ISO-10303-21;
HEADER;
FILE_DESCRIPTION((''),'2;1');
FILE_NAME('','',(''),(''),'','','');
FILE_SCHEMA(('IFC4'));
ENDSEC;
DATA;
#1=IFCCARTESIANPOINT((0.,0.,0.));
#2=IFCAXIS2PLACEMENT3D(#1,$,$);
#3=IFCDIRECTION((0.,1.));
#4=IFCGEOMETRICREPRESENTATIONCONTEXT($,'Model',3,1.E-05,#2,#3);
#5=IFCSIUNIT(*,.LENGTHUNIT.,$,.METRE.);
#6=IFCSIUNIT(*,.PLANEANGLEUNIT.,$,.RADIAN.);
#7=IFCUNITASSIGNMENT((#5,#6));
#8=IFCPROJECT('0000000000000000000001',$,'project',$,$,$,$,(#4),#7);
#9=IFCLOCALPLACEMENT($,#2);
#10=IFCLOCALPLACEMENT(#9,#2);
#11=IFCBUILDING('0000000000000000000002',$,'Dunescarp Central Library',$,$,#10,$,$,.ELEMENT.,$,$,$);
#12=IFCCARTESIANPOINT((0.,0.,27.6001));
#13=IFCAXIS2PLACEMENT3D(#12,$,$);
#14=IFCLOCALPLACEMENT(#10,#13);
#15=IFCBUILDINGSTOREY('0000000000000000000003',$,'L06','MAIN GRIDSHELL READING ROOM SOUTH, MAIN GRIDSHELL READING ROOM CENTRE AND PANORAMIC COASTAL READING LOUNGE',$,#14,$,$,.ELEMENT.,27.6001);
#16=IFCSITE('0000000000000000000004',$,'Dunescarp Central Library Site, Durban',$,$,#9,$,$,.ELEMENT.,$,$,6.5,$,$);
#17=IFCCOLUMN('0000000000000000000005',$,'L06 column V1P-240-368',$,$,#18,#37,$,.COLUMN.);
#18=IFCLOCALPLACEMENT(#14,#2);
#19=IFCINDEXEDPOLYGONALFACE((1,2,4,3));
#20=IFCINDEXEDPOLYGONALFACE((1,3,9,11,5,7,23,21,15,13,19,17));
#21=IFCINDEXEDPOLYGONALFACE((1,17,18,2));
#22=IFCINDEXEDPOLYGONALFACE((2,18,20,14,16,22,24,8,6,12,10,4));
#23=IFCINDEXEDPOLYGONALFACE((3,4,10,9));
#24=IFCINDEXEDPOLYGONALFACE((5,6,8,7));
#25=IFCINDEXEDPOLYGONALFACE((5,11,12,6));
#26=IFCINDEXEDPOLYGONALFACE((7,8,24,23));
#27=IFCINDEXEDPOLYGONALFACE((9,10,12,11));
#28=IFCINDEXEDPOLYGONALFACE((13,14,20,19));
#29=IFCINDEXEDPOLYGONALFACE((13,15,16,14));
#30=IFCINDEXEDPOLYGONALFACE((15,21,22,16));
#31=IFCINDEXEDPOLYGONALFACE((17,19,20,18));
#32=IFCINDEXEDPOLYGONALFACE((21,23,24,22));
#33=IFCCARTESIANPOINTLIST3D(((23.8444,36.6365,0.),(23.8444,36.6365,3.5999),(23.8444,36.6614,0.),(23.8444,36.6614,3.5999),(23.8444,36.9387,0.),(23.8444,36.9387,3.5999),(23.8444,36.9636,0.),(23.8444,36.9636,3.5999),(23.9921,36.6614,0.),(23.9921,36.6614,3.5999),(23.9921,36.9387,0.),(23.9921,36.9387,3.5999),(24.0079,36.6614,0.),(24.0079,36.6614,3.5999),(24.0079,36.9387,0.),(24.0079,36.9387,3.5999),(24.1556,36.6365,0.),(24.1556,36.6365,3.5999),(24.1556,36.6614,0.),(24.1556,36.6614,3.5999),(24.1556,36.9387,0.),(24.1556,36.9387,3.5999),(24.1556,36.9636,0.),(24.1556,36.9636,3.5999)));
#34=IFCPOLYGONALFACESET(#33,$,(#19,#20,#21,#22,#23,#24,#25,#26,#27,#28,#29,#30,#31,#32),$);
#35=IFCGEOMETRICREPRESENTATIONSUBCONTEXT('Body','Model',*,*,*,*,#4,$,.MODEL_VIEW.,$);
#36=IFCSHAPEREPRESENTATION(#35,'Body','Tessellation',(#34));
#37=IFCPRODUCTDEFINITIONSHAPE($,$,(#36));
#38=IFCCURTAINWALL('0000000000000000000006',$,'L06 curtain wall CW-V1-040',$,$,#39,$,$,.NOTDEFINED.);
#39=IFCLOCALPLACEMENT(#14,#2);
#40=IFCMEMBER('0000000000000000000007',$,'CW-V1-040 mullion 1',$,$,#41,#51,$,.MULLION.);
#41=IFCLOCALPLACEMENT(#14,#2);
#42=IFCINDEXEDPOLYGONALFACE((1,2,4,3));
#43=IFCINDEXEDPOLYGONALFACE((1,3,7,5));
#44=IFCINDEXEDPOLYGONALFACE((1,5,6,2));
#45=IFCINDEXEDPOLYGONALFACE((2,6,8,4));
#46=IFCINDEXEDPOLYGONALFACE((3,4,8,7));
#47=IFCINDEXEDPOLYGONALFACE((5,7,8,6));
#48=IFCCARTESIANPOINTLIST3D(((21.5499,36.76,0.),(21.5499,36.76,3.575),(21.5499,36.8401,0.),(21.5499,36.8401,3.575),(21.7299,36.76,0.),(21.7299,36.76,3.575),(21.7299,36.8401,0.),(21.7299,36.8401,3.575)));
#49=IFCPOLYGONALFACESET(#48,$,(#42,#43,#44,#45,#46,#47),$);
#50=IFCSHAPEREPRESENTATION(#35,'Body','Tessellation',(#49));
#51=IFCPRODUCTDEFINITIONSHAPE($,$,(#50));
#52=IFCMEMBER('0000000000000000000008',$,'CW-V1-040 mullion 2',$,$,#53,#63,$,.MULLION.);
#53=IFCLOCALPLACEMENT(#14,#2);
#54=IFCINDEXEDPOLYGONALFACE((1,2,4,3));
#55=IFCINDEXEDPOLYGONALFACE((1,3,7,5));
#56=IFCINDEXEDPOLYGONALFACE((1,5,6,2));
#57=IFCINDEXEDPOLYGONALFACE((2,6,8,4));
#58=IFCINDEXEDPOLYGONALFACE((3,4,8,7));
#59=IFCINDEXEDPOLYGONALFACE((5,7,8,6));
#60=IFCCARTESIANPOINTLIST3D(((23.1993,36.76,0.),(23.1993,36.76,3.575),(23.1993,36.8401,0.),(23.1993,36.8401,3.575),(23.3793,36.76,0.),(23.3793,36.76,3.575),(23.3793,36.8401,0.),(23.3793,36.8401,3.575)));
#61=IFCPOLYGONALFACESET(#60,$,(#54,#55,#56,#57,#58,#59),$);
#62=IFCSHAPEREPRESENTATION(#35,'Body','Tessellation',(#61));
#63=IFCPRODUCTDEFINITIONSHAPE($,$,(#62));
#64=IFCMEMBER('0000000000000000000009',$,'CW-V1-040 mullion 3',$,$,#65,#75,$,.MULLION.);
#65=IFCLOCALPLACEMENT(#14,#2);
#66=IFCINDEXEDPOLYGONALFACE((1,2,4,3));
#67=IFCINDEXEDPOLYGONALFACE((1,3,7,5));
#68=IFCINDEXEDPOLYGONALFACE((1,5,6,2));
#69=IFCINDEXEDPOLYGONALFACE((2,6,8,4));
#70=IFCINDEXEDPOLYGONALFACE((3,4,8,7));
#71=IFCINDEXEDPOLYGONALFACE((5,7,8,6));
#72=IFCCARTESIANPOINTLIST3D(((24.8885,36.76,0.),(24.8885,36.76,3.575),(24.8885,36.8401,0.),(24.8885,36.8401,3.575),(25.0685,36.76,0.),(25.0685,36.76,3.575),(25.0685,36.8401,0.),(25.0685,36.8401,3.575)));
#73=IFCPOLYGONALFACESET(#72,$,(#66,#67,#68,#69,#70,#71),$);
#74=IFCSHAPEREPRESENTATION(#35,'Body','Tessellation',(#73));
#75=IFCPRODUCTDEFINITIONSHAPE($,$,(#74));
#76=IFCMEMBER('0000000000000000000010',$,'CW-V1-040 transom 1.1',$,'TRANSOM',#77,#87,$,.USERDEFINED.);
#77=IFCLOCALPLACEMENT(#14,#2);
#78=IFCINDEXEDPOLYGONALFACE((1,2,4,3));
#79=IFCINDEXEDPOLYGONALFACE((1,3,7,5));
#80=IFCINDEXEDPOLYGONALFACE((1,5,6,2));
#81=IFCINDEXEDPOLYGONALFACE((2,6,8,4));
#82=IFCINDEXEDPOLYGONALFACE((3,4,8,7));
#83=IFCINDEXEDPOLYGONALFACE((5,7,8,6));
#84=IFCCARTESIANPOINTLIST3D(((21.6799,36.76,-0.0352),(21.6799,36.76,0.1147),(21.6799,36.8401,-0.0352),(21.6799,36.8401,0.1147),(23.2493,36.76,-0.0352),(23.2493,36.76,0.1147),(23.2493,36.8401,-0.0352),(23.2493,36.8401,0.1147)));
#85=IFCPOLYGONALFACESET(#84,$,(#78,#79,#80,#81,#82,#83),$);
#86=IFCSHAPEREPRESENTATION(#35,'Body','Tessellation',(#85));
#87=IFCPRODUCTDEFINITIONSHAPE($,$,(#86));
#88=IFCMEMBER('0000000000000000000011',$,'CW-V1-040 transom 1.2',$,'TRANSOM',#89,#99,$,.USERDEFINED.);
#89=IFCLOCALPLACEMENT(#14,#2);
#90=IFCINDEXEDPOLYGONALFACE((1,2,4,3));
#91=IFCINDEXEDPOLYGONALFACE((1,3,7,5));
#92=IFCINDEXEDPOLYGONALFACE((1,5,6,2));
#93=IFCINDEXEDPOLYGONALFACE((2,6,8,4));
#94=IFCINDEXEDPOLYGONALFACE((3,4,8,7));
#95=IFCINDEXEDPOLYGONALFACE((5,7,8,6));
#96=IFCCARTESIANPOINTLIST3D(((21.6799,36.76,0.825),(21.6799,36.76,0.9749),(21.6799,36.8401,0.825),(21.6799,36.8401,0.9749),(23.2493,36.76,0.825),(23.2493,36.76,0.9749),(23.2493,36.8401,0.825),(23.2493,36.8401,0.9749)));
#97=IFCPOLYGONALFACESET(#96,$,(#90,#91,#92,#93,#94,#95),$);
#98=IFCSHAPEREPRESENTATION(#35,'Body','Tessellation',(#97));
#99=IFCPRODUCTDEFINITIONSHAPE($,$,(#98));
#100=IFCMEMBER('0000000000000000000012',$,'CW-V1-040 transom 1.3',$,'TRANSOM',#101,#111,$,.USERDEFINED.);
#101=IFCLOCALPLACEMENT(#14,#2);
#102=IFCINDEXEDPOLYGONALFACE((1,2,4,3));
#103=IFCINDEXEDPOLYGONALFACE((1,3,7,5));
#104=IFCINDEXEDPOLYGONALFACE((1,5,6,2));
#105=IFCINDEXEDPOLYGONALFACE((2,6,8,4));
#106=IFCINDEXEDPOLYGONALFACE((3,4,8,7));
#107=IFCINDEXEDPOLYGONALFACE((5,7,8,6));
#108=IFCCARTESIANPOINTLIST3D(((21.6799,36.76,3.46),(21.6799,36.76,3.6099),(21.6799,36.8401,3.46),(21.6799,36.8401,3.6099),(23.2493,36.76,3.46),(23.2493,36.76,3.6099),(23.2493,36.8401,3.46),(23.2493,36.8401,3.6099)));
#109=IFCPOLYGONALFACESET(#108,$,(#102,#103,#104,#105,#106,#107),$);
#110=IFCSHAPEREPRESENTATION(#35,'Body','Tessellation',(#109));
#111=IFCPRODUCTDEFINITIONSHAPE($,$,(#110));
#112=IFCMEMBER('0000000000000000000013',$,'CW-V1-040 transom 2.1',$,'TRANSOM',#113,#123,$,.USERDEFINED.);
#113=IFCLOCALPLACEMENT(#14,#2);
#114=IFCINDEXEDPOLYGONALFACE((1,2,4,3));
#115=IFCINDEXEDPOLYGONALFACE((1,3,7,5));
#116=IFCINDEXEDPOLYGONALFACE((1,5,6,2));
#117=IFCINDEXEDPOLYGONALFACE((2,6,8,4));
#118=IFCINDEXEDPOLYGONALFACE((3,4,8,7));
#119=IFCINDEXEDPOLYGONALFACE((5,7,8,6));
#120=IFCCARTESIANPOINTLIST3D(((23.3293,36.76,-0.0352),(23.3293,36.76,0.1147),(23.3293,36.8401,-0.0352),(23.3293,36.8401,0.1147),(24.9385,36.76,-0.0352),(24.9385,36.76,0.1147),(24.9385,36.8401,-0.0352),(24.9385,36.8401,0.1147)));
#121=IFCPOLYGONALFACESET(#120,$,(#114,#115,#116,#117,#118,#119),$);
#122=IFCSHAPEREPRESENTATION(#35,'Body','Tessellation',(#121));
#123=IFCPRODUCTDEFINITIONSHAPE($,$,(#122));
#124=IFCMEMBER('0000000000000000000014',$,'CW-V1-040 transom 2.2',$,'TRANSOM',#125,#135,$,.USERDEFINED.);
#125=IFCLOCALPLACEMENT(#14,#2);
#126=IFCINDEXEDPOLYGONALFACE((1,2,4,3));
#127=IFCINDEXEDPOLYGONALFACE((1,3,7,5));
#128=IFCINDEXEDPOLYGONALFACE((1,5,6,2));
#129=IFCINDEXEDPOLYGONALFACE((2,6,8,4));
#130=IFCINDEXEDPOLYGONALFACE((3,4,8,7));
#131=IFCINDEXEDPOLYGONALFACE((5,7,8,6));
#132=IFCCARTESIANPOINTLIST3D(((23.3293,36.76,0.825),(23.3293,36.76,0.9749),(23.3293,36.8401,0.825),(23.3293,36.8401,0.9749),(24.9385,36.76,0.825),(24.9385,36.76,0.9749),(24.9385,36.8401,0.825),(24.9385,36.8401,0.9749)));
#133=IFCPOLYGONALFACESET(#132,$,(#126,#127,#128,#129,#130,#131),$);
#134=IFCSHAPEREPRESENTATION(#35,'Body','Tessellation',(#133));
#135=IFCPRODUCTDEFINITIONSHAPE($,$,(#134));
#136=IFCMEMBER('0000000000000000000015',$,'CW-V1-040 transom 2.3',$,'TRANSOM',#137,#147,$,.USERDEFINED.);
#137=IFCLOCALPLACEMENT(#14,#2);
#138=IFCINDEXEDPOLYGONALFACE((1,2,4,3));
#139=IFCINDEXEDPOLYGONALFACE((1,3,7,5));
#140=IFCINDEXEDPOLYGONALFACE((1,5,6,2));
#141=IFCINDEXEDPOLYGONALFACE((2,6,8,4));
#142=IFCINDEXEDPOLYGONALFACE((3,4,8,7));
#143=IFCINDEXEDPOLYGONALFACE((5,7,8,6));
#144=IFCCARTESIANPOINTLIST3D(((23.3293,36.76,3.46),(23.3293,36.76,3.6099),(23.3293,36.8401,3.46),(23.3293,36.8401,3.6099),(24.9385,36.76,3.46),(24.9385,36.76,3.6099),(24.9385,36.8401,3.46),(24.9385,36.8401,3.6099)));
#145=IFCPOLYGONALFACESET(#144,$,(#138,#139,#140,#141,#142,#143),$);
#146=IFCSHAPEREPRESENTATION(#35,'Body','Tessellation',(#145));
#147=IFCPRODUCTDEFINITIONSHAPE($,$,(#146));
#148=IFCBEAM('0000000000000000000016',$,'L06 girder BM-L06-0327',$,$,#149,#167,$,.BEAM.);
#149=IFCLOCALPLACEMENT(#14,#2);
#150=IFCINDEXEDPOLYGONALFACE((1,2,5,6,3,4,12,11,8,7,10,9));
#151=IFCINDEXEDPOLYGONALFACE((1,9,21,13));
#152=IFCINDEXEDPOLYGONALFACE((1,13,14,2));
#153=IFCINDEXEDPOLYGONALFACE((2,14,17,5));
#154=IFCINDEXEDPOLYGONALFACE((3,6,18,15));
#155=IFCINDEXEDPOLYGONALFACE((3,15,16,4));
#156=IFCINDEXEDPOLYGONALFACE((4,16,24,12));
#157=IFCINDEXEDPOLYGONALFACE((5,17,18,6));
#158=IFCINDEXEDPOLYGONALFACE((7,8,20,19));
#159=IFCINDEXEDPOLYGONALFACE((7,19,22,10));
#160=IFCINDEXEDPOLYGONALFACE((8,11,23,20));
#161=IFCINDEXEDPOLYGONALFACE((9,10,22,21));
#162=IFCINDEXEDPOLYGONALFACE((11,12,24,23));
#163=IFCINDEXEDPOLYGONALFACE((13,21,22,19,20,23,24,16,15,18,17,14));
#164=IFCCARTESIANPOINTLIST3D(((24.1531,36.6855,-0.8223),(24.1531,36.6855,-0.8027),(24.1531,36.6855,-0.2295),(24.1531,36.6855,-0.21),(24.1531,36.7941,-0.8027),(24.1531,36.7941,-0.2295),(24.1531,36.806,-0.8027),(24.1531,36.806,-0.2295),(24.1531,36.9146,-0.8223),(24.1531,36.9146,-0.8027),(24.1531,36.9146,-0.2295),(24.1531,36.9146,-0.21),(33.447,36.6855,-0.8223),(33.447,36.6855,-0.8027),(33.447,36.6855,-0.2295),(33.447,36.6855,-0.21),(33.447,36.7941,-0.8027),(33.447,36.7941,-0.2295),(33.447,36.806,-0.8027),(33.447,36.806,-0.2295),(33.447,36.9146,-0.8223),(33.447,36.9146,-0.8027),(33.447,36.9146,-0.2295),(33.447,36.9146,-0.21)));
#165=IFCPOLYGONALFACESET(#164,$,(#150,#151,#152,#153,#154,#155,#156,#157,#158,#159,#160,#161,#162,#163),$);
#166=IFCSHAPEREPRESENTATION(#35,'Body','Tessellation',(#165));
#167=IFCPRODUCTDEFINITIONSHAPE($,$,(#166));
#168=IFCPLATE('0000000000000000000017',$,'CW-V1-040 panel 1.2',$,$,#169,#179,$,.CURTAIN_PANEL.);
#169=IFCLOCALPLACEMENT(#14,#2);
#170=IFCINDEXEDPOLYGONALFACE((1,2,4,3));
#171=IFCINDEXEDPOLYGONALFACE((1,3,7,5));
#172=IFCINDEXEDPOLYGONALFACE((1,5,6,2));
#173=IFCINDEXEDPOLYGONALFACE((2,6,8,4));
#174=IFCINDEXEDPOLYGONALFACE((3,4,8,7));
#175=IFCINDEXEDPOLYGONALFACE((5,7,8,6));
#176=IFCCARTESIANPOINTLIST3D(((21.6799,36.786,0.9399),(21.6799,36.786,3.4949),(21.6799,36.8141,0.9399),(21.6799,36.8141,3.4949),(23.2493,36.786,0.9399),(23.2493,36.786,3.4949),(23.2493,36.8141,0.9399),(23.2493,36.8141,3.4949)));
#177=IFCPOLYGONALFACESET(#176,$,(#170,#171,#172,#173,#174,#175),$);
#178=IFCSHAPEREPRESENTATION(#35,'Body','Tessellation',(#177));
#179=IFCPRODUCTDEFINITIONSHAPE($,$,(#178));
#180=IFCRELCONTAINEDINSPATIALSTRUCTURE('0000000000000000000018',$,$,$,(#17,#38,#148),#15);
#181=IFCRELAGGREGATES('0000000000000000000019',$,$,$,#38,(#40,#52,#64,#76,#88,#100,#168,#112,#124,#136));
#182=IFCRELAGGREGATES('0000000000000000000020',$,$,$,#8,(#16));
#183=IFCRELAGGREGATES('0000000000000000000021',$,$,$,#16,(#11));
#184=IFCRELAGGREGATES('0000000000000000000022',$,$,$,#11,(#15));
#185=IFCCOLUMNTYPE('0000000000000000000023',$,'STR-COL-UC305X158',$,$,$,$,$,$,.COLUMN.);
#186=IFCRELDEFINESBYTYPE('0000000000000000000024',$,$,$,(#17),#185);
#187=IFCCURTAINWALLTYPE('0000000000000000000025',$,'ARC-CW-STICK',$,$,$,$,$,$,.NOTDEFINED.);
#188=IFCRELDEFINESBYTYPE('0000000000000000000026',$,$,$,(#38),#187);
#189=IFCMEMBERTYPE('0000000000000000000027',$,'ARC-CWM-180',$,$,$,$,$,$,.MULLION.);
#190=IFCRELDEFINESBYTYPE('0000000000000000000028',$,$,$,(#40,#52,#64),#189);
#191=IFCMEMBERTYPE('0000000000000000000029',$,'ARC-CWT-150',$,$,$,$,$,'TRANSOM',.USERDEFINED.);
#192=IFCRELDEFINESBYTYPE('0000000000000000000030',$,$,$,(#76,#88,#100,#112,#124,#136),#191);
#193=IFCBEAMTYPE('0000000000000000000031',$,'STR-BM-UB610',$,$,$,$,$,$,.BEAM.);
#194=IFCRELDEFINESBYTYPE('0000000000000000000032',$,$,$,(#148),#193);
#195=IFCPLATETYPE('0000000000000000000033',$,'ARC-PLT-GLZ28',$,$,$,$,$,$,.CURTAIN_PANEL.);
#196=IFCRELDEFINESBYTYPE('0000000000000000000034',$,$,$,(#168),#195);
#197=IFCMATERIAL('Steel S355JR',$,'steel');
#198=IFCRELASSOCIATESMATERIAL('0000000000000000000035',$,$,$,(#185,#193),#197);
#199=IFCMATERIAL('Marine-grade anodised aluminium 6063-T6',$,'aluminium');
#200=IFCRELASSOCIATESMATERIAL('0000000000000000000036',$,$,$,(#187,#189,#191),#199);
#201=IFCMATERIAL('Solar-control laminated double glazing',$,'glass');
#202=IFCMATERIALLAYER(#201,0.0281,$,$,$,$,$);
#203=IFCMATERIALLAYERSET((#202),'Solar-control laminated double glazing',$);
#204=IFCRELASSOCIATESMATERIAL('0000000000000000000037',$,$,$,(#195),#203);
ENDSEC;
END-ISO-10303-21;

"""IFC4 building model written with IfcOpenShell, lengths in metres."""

from ifc_helpers import new_model, si_unit, direction, frame, origin, origin_2d, place, context, subcontext, project, spatial, rectangle, i_section, extrude, material, layer, layer_set, material_profile, profile_set, type_object, element, aggregate, save


model = new_model("IFC4")

# Units and contexts
model_context = context("Model", 3, precision=1e-05, world=origin(), true_north=direction((0.0, 1.0)))
body_context = subcontext(model_context, "Body", "Model", "MODEL_VIEW")
ifc_project = project(units=[si_unit("LENGTHUNIT", "METRE"), si_unit("PLANEANGLEUNIT", "RADIAN")], contexts=[model_context])

# Site, building, storey
site_placement = place(None, origin())
site = spatial("IfcSite", under=ifc_project, at=site_placement, Name="Dunescarp Central Library Site, Durban", CompositionType="ELEMENT", RefElevation=6.5)
building_placement = place(site_placement, origin())
building = spatial("IfcBuilding", under=site, at=building_placement, Name="Dunescarp Central Library", CompositionType="ELEMENT")
storey_placement = place(building_placement, frame((0.0, 0.0, 27.6001)))
storey = spatial("IfcBuildingStorey", under=building, at=storey_placement, Name="L06", Description="MAIN GRIDSHELL READING ROOM SOUTH, MAIN GRIDSHELL READING ROOM CENTRE AND PANORAMIC COASTAL READING LOUNGE", CompositionType="ELEMENT", Elevation=27.6001)

# Column
ifc_material_1 = material(Name="Steel S355JR", Category="steel")
ifc_material_profile_1 = material_profile(ifc_material_1, i_section(OverallWidth=0.3113, OverallDepth=0.3271, WebThickness=0.0159, FlangeThickness=0.0249, at=origin_2d()), Name="UC 305x305x158")
ifc_profile_set_1 = profile_set([ifc_material_profile_1], Name="Steel S355JR")
column_type = type_object("IfcColumnType", Name="STR-COL-UC305X158", PredefinedType="COLUMN", material=ifc_profile_set_1)
column_placement = place(storey_placement, frame((24.0, 36.8, 0.0), z_axis=(0.0, 0.0, 1.0), x_axis=(1.0, 0.0, 0.0)))
element("IfcColumn", 1, at=column_placement, inside=storey, type_object=column_type, Name="L06 column V1P-240-368", PredefinedType="COLUMN", context=body_context, shape_type="SweptSolid", body=[
    extrude(i_section(OverallWidth=0.3113, OverallDepth=0.3271, WebThickness=0.0159, FlangeThickness=0.0249, at=origin_2d()), origin(), (0.0, 0.0, 1.0), 3.5999),
])

# Curtain wall, members
ifc_material_2 = material(Name="Marine-grade anodised aluminium 6063-T6", Category="aluminium")
curtain_wall_type = type_object("IfcCurtainWallType", Name="ARC-CW-STICK", PredefinedType="NOTDEFINED", material=ifc_material_2)
curtain_wall_placement = place(storey_placement, origin())
curtain_wall = element("IfcCurtainWall", 2, at=curtain_wall_placement, inside=storey, type_object=curtain_wall_type, Name="L06 curtain wall CW-V1-040", PredefinedType="NOTDEFINED")
ifc_material_profile_2 = material_profile(ifc_material_2, rectangle(XDim=0.0801, YDim=0.1799, at=origin_2d()), Name="AL 80x180")
ifc_profile_set_2 = profile_set([ifc_material_profile_2], Name="Marine-grade anodised aluminium 6063-T6")
member_type_1 = type_object("IfcMemberType", Name="ARC-CWM-180", PredefinedType="MULLION", material=ifc_profile_set_2)
member_1_placement = place(storey_placement, frame((21.6399, 36.8, 0.0), z_axis=(0.0, 0.0, 1.0), x_axis=(0.0, 1.0, 0.0)))
member_1 = element("IfcMember", 3, at=member_1_placement, type_object=member_type_1, Name="CW-V1-040 mullion 1", PredefinedType="MULLION", context=body_context, shape_type="SweptSolid", body=[
    extrude(rectangle(XDim=0.0801, YDim=0.1799, at=origin_2d()), origin(), (0.0, 0.0, 1.0), 3.575),
])
member_2_placement = place(storey_placement, frame((23.2893, 36.8, 0.0), z_axis=(0.0, 0.0, 1.0), x_axis=(0.0, 1.0, 0.0)))
member_2 = element("IfcMember", 4, at=member_2_placement, type_object=member_type_1, Name="CW-V1-040 mullion 2", PredefinedType="MULLION", context=body_context, shape_type="SweptSolid", body=[
    extrude(rectangle(XDim=0.0801, YDim=0.1799, at=origin_2d()), origin(), (0.0, 0.0, 1.0), 3.575),
])
member_3_placement = place(storey_placement, frame((24.9785, 36.8, 0.0), z_axis=(0.0, 0.0, 1.0), x_axis=(0.0, 1.0, 0.0)))
member_3 = element("IfcMember", 5, at=member_3_placement, type_object=member_type_1, Name="CW-V1-040 mullion 3", PredefinedType="MULLION", context=body_context, shape_type="SweptSolid", body=[
    extrude(rectangle(XDim=0.0801, YDim=0.1799, at=origin_2d()), origin(), (0.0, 0.0, 1.0), 3.575),
])
ifc_material_profile_3 = material_profile(ifc_material_2, rectangle(XDim=0.0801, YDim=0.1499, at=origin_2d()), Name="AL 80x150")
ifc_profile_set_3 = profile_set([ifc_material_profile_3], Name="Marine-grade anodised aluminium 6063-T6")
member_type_2 = type_object("IfcMemberType", Name="ARC-CWT-150", ElementType="TRANSOM", PredefinedType="USERDEFINED", material=ifc_profile_set_3)
member_4_placement = place(storey_placement, frame((21.6799, 36.8, 0.0398), z_axis=(1.0, 0.0, 0.0), x_axis=(0.0, 1.0, 0.0)))
member_4 = element("IfcMember", 6, at=member_4_placement, type_object=member_type_2, Name="CW-V1-040 transom 1.1", ObjectType="TRANSOM", PredefinedType="USERDEFINED", context=body_context, shape_type="SweptSolid", body=[
    extrude(rectangle(XDim=0.0801, YDim=0.1499, at=origin_2d()), origin(), (0.0, 0.0, 1.0), 1.5693),
])
member_5_placement = place(storey_placement, frame((21.6799, 36.8, 0.8999), z_axis=(1.0, 0.0, 0.0), x_axis=(0.0, 1.0, 0.0)))
member_5 = element("IfcMember", 7, at=member_5_placement, type_object=member_type_2, Name="CW-V1-040 transom 1.2", ObjectType="TRANSOM", PredefinedType="USERDEFINED", context=body_context, shape_type="SweptSolid", body=[
    extrude(rectangle(XDim=0.0801, YDim=0.1499, at=origin_2d()), origin(), (0.0, 0.0, 1.0), 1.5693),
])
member_6_placement = place(storey_placement, frame((21.6799, 36.8, 3.5349), z_axis=(1.0, 0.0, 0.0), x_axis=(0.0, 1.0, 0.0)))
member_6 = element("IfcMember", 8, at=member_6_placement, type_object=member_type_2, Name="CW-V1-040 transom 1.3", ObjectType="TRANSOM", PredefinedType="USERDEFINED", context=body_context, shape_type="SweptSolid", body=[
    extrude(rectangle(XDim=0.0801, YDim=0.1499, at=origin_2d()), origin(), (0.0, 0.0, 1.0), 1.5693),
])
member_7_placement = place(storey_placement, frame((23.3293, 36.8, 0.0398), z_axis=(1.0, 0.0, 0.0), x_axis=(0.0, 1.0, 0.0)))
member_7 = element("IfcMember", 9, at=member_7_placement, type_object=member_type_2, Name="CW-V1-040 transom 2.1", ObjectType="TRANSOM", PredefinedType="USERDEFINED", context=body_context, shape_type="SweptSolid", body=[
    extrude(rectangle(XDim=0.0801, YDim=0.1499, at=origin_2d()), origin(), (0.0, 0.0, 1.0), 1.6091),
])
member_8_placement = place(storey_placement, frame((23.3293, 36.8, 0.8999), z_axis=(1.0, 0.0, 0.0), x_axis=(0.0, 1.0, 0.0)))
member_8 = element("IfcMember", 10, at=member_8_placement, type_object=member_type_2, Name="CW-V1-040 transom 2.2", ObjectType="TRANSOM", PredefinedType="USERDEFINED", context=body_context, shape_type="SweptSolid", body=[
    extrude(rectangle(XDim=0.0801, YDim=0.1499, at=origin_2d()), origin(), (0.0, 0.0, 1.0), 1.6091),
])
member_9_placement = place(storey_placement, frame((23.3293, 36.8, 3.5349), z_axis=(1.0, 0.0, 0.0), x_axis=(0.0, 1.0, 0.0)))
member_9 = element("IfcMember", 11, at=member_9_placement, type_object=member_type_2, Name="CW-V1-040 transom 2.3", ObjectType="TRANSOM", PredefinedType="USERDEFINED", context=body_context, shape_type="SweptSolid", body=[
    extrude(rectangle(XDim=0.0801, YDim=0.1499, at=origin_2d()), origin(), (0.0, 0.0, 1.0), 1.6091),
])

# Beam
ifc_material_profile_4 = material_profile(ifc_material_1, i_section(OverallWidth=0.229, OverallDepth=0.6123, WebThickness=0.012, FlangeThickness=0.0195, at=origin_2d()), Name="UB 610x229x125")
ifc_profile_set_4 = profile_set([ifc_material_profile_4], Name="Steel S355JR")
beam_type = type_object("IfcBeamType", Name="STR-BM-UB610", PredefinedType="BEAM", material=ifc_profile_set_4)
beam_placement = place(storey_placement, frame((24.1531, 36.8, -0.5161), z_axis=(1.0, 0.0, 0.0), x_axis=(0.0, 1.0, 0.0)))
element("IfcBeam", 12, at=beam_placement, inside=storey, type_object=beam_type, Name="L06 girder BM-L06-0327", PredefinedType="BEAM", context=body_context, shape_type="SweptSolid", body=[
    extrude(i_section(OverallWidth=0.229, OverallDepth=0.6123, WebThickness=0.012, FlangeThickness=0.0195, at=origin_2d()), origin(), (0.0, 0.0, 1.0), 9.2939),
])

# Plate
ifc_material_3 = material(Name="Solar-control laminated double glazing", Category="glass")
ifc_layer_1 = layer(ifc_material_3, 0.0281)
ifc_layer_set_1 = layer_set([ifc_layer_1], Name="Solar-control laminated double glazing")
plate_type_1 = type_object("IfcPlateType", Name="ARC-PLT-GLZ28", PredefinedType="CURTAIN_PANEL", material=ifc_layer_set_1)
plate_1_placement = place(storey_placement, frame((22.4646, 36.8, 0.9399), z_axis=(0.0, 0.0, 1.0), x_axis=(1.0, 0.0, 0.0)))
plate_1 = element("IfcPlate", 13, at=plate_1_placement, type_object=plate_type_1, Name="CW-V1-040 panel 1.2", PredefinedType="CURTAIN_PANEL", context=body_context, shape_type="SweptSolid", body=[
    extrude(rectangle(XDim=1.5693, YDim=0.0281, at=origin_2d()), origin(), (0.0, 0.0, 1.0), 2.5549),
])
aggregate(curtain_wall, [member_1, member_2, member_3, member_4, member_5, member_6, plate_1, member_7, member_8, member_9])

save(model, "model.ifc")
